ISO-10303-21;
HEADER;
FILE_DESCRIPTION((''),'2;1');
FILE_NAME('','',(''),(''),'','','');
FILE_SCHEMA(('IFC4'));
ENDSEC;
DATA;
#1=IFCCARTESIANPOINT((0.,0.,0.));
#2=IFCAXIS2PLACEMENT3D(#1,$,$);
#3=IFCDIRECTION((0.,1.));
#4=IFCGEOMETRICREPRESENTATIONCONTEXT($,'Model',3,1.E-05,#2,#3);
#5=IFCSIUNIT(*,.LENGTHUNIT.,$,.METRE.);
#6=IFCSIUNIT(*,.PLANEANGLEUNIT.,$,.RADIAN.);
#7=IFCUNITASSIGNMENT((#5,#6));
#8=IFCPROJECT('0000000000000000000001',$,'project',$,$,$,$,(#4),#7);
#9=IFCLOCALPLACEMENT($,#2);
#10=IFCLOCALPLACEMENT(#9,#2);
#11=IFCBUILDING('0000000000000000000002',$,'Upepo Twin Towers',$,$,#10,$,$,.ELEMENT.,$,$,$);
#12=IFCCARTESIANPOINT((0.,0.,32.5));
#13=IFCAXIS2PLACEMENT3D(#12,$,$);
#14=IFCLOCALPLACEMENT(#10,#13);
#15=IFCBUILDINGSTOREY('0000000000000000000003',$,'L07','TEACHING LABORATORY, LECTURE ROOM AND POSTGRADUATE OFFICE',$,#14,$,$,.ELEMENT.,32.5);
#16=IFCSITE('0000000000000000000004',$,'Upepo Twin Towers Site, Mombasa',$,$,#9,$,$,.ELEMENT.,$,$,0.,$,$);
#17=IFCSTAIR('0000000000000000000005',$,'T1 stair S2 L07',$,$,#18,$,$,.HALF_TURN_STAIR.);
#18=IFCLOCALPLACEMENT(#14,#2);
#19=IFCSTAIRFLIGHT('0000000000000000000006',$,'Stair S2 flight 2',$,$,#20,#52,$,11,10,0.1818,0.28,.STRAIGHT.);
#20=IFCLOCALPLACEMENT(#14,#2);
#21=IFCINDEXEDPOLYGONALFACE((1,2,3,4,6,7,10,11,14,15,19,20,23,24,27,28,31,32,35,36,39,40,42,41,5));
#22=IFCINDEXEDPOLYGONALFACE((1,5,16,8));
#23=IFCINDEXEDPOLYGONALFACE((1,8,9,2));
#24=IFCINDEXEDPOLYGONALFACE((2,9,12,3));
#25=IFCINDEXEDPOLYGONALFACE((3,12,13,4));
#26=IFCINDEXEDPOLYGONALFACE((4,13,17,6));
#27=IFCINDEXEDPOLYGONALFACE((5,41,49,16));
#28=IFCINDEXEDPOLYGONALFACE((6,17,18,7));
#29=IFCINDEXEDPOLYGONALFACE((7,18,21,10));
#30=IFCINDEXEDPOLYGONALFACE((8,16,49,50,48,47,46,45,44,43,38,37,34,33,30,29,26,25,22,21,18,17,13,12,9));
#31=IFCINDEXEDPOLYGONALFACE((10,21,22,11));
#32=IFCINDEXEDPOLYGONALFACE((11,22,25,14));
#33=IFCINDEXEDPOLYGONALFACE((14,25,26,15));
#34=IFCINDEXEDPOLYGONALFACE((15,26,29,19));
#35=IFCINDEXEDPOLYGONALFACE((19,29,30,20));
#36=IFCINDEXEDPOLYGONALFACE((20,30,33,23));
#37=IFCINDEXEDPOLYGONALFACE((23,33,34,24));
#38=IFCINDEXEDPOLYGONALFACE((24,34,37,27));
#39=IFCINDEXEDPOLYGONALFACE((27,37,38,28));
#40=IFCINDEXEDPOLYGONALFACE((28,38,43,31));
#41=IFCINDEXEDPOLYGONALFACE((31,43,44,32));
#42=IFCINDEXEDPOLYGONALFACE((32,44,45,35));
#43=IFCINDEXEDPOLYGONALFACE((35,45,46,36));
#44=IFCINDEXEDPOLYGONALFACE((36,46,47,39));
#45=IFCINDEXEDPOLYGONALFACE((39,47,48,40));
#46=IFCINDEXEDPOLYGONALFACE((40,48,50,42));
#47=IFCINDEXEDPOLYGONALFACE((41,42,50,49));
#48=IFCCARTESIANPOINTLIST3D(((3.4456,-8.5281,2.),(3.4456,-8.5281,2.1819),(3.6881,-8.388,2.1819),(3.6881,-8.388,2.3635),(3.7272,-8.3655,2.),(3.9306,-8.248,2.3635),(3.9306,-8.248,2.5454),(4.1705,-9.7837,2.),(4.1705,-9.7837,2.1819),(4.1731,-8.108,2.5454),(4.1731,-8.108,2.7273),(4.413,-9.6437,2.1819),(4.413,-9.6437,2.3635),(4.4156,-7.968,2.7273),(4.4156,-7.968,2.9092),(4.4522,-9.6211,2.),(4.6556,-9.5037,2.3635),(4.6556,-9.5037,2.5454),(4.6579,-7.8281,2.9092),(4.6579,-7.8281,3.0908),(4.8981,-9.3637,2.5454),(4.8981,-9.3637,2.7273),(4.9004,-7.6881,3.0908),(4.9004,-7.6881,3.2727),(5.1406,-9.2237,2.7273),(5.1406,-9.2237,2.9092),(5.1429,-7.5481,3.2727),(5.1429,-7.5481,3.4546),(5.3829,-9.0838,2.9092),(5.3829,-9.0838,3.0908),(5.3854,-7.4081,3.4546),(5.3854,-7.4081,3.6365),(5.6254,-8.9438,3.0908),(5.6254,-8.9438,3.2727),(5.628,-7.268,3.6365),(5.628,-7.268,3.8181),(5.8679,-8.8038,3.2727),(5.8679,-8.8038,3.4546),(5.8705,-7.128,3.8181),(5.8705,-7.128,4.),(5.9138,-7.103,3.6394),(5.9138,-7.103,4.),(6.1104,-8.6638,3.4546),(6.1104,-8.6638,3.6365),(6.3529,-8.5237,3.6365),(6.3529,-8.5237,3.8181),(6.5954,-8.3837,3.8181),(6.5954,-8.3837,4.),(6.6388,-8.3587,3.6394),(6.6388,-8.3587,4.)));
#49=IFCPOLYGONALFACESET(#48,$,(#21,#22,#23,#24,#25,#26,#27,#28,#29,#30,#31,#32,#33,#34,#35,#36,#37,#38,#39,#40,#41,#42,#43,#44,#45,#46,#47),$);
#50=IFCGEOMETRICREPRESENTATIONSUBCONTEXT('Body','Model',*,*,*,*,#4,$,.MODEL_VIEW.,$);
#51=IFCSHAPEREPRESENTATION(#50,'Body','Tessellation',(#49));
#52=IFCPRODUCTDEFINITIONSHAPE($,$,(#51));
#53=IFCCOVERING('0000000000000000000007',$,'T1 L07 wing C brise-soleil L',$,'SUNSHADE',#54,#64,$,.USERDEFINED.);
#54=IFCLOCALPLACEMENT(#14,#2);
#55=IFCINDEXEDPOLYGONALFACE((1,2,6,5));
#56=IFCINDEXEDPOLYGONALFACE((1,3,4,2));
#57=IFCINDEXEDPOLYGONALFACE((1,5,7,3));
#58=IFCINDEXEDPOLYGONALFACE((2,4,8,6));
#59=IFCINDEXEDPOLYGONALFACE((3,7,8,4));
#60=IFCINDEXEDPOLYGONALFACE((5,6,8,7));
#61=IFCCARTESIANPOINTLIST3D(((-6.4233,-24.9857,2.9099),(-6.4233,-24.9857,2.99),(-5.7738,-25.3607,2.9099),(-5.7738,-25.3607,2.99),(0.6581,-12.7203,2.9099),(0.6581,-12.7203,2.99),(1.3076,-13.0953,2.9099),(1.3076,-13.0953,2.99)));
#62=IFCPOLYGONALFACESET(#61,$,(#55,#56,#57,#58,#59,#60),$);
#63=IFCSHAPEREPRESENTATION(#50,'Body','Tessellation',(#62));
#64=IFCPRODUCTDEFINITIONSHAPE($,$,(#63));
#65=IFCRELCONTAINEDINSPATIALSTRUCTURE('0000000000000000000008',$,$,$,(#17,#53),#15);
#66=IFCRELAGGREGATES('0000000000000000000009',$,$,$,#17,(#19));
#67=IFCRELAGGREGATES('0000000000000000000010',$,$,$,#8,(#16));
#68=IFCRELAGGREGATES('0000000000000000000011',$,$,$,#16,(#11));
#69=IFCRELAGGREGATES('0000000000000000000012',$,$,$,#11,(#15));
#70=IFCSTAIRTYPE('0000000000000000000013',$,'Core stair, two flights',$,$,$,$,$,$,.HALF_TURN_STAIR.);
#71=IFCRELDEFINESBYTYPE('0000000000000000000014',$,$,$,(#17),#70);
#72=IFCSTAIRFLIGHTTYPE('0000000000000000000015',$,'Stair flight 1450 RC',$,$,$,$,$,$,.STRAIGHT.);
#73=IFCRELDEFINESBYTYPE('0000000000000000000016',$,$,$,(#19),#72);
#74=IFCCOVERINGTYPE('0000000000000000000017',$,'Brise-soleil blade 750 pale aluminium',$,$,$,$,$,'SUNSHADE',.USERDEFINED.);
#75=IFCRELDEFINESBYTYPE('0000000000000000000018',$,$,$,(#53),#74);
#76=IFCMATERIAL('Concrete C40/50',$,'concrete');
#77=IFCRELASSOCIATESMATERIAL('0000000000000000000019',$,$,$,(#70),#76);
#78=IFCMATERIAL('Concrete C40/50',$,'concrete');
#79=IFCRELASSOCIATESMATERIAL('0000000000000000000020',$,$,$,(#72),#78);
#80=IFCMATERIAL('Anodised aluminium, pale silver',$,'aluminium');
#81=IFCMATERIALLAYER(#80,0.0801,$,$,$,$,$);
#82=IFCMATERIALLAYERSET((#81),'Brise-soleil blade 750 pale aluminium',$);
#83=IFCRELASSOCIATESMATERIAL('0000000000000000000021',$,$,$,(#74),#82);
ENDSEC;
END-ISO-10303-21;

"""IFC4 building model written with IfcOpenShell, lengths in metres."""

from ifc_helpers import new_model, si_unit, direction, frame, origin, origin_2d, place, context, subcontext, project, spatial, polyline, rectangle, outline, extrude, material, layer, layer_set, type_object, element, aggregate, save


model = new_model("IFC4")

# Units and contexts
model_context = context("Model", 3, precision=1e-05, world=origin(), true_north=direction((0.0, 1.0)))
body_context = subcontext(model_context, "Body", "Model", "MODEL_VIEW")
ifc_project = project(units=[si_unit("LENGTHUNIT", "METRE"), si_unit("PLANEANGLEUNIT", "RADIAN")], contexts=[model_context])

# Site, building, storey
site_placement = place(None, origin())
site = spatial("IfcSite", under=ifc_project, at=site_placement, Name="Upepo Twin Towers Site, Mombasa", CompositionType="ELEMENT", RefElevation=0.0)
building_placement = place(site_placement, origin())
building = spatial("IfcBuilding", under=site, at=building_placement, Name="Upepo Twin Towers", CompositionType="ELEMENT")
storey_placement = place(building_placement, frame((0.0, 0.0, 32.5)))
storey = spatial("IfcBuildingStorey", under=building, at=storey_placement, Name="L07", Description="TEACHING LABORATORY, LECTURE ROOM AND POSTGRADUATE OFFICE", CompositionType="ELEMENT", Elevation=32.5)

# Stair, stair flight
ifc_material_1 = material(Name="Concrete C40/50", Category="concrete")
stair_type = type_object("IfcStairType", Name="Core stair, two flights", PredefinedType="HALF_TURN_STAIR", material=ifc_material_1)
stair_placement = place(storey_placement, origin())
stair = element("IfcStair", 1, at=stair_placement, inside=storey, type_object=stair_type, Name="T1 stair S2 L07", PredefinedType="HALF_TURN_STAIR")
ifc_material_2 = material(Name="Concrete C40/50", Category="concrete")
stair_flight_type = type_object("IfcStairFlightType", Name="Stair flight 1450 RC", PredefinedType="STRAIGHT", material=ifc_material_2)
stair_flight_placement = place(storey_placement, frame((3.8081, -9.156, 2.0), z_axis=(0.0, 0.0, 1.0), x_axis=(0.866025, 0.5, 0.0)))
stair_flight = element("IfcStairFlight", 2, at=stair_flight_placement, type_object=stair_flight_type, Name="Stair S2 flight 2", NumberOfRisers=11, NumberOfTreads=10, PredefinedType="STRAIGHT", RiserHeight=0.1818, TreadLength=0.28, context=body_context, shape_type="SweptSolid", body=[
    extrude(outline(polyline([(0.0, 0.0), (0.0, 0.1819), (0.28, 0.1819), (0.28, 0.3635), (0.5601, 0.3635), (0.5601, 0.5454), (0.8401, 0.5454), (0.8401, 0.7273), (1.1201, 0.7273), (1.1201, 0.9092), (1.3999, 0.9092), (1.3999, 1.0908), (1.6799, 1.0908), (1.6799, 1.2727), (1.96, 1.2727), (1.96, 1.4546), (2.24, 1.4546), (2.24, 1.6365), (2.52, 1.6365), (2.52, 1.8181), (2.8, 1.8181), (2.8, 2.0), (2.8501, 2.0), (2.8501, 1.6394), (0.3252, 0.0), (0.0, 0.0)])), frame((0.0, 0.7251, 0.0), z_axis=(0.0, -1.0, 0.0), x_axis=(1.0, 0.0, 0.0)), (0.0, 0.0, 1.0), 1.45),
])
aggregate(stair, [stair_flight])

# Covering
ifc_material_3 = material(Name="Anodised aluminium, pale silver", Category="aluminium")
ifc_layer_1 = layer(ifc_material_3, 0.0801)
ifc_layer_set_1 = layer_set([ifc_layer_1], Name="Brise-soleil blade 750 pale aluminium")
covering_type = type_object("IfcCoveringType", Name="Brise-soleil blade 750 pale aluminium", ElementType="SUNSHADE", PredefinedType="USERDEFINED", material=ifc_layer_set_1)
covering_placement = place(storey_placement, frame((-2.5579, -19.0405, 2.9099), z_axis=(0.0, 0.0, 1.0), x_axis=(-0.5, -0.866025, 0.0)))
element("IfcCovering", 3, at=covering_placement, inside=storey, type_object=covering_type, Name="T1 L07 wing C brise-soleil L", ObjectType="SUNSHADE", PredefinedType="USERDEFINED", context=body_context, shape_type="SweptSolid", body=[
    extrude(rectangle(XDim=14.1628, YDim=0.75, at=origin_2d()), origin(), (0.0, 0.0, 1.0), 0.0801),
])

save(model, "model.ifc")
